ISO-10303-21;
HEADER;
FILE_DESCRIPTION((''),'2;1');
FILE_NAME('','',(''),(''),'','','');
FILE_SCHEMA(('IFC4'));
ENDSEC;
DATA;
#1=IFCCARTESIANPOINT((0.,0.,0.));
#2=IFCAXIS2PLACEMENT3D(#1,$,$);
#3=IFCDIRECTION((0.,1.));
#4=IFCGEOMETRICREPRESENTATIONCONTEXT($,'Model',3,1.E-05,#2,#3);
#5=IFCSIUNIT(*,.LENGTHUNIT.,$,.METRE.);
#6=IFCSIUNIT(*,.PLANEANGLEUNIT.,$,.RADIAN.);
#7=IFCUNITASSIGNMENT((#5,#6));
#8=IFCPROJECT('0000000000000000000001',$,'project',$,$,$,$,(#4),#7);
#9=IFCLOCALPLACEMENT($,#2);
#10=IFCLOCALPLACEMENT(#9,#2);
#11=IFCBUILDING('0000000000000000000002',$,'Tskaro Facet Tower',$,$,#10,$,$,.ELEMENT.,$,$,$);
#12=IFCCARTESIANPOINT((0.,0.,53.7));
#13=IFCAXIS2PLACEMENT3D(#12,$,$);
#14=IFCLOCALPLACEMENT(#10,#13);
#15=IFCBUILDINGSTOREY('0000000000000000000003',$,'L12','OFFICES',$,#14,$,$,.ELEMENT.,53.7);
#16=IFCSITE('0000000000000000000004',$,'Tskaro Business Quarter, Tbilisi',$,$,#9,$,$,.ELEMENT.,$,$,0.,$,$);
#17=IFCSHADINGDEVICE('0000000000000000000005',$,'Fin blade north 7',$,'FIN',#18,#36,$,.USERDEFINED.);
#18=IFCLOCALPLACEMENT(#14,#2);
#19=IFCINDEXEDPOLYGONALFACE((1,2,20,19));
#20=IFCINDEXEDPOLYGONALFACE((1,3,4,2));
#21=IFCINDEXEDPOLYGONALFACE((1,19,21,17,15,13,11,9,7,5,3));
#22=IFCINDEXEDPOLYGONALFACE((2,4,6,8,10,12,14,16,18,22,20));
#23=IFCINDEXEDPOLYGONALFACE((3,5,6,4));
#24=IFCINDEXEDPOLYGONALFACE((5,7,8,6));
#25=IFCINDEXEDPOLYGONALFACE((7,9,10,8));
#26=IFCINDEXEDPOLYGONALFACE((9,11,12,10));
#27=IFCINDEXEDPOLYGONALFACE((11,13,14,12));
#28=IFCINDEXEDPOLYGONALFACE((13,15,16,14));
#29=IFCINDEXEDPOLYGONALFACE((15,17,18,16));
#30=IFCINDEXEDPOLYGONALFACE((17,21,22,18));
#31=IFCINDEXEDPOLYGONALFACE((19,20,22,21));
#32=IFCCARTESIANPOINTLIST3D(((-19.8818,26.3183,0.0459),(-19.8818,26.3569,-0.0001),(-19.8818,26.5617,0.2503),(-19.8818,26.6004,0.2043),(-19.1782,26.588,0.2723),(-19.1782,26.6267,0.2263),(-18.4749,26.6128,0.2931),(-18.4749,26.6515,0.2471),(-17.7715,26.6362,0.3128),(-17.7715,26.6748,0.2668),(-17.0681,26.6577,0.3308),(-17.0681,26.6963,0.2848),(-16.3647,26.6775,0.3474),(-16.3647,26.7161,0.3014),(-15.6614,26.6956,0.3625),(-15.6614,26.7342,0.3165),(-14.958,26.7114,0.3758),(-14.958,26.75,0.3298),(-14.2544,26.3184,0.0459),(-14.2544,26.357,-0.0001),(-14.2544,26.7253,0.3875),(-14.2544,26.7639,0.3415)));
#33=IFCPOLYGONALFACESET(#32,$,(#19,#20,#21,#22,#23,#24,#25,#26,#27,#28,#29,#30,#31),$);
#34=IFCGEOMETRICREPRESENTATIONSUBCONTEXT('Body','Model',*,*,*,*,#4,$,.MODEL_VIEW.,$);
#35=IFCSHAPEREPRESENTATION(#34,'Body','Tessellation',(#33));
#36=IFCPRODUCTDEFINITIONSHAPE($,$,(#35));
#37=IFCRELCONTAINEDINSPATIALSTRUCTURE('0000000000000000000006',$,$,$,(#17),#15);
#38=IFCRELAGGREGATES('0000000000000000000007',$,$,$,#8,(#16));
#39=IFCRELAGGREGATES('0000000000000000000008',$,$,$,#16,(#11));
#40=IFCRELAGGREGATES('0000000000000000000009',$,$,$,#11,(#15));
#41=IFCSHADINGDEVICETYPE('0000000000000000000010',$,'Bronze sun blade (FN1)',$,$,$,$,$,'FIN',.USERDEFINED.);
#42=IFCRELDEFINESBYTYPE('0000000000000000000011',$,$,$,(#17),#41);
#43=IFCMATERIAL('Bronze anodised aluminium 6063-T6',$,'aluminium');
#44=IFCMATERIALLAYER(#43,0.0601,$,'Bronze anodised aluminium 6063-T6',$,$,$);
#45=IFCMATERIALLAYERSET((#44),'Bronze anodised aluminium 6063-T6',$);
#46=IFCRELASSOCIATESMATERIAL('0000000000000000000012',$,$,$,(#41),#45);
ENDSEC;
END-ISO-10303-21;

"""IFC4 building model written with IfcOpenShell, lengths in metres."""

from ifc_helpers import new_model, si_unit, direction, frame, origin, place, context, subcontext, project, spatial, polyline, outline, extrude, material, layer, layer_set, type_object, element, save


model = new_model("IFC4")

# Units and contexts
model_context = context("Model", 3, precision=1e-05, world=origin(), true_north=direction((0.0, 1.0)))
body_context = subcontext(model_context, "Body", "Model", "MODEL_VIEW")
ifc_project = project(units=[si_unit("LENGTHUNIT", "METRE"), si_unit("PLANEANGLEUNIT", "RADIAN")], contexts=[model_context])

# Site, building, storey
site_placement = place(None, origin())
site = spatial("IfcSite", under=ifc_project, at=site_placement, Name="Tskaro Business Quarter, Tbilisi", CompositionType="ELEMENT", RefElevation=0.0)
building_placement = place(site_placement, origin())
building = spatial("IfcBuilding", under=site, at=building_placement, Name="Tskaro Facet Tower", CompositionType="ELEMENT")
storey_placement = place(building_placement, frame((0.0, 0.0, 53.7)))
storey = spatial("IfcBuildingStorey", under=building, at=storey_placement, Name="L12", Description="OFFICES", CompositionType="ELEMENT", Elevation=53.7)

# Shared definitions
ifc_material_1 = material(Name="Bronze anodised aluminium 6063-T6", Category="aluminium")

# Shading device
ifc_layer_1 = layer(ifc_material_1, 0.0601, Name="Bronze anodised aluminium 6063-T6")
ifc_layer_set_1 = layer_set([ifc_layer_1], Name="Bronze anodised aluminium 6063-T6")
shading_device_type = type_object("IfcShadingDeviceType", Name="Bronze sun blade (FN1)", ElementType="FIN", PredefinedType="USERDEFINED", material=ifc_layer_set_1)
shading_device_1_placement = place(storey_placement, frame((-14.2544, 26.3184, 0.0459), z_axis=(0.000008, -0.642936, 0.76592), x_axis=(-1.0, -0.000005, 0.000006)))
element("IfcShadingDevice", 1, at=shading_device_1_placement, inside=storey, type_object=shading_device_type, Name="Fin blade north 7", ObjectType="FIN", PredefinedType="USERDEFINED", context=body_context, shape_type="SweptSolid", body=[
    extrude(outline(polyline([(0.0, 0.0), (5.6274, 0.0), (5.6274, -0.3178), (4.9238, -0.3521), (4.2205, -0.3845), (3.5171, -0.415), (2.8137, -0.4431), (2.1104, -0.4689), (1.407, -0.4925), (0.7036, -0.5131), (0.0, -0.5313), (0.0, 0.0)])), origin(), (0.0, 0.0, -1.0), 0.0601),
])

save(model, "model.ifc")
